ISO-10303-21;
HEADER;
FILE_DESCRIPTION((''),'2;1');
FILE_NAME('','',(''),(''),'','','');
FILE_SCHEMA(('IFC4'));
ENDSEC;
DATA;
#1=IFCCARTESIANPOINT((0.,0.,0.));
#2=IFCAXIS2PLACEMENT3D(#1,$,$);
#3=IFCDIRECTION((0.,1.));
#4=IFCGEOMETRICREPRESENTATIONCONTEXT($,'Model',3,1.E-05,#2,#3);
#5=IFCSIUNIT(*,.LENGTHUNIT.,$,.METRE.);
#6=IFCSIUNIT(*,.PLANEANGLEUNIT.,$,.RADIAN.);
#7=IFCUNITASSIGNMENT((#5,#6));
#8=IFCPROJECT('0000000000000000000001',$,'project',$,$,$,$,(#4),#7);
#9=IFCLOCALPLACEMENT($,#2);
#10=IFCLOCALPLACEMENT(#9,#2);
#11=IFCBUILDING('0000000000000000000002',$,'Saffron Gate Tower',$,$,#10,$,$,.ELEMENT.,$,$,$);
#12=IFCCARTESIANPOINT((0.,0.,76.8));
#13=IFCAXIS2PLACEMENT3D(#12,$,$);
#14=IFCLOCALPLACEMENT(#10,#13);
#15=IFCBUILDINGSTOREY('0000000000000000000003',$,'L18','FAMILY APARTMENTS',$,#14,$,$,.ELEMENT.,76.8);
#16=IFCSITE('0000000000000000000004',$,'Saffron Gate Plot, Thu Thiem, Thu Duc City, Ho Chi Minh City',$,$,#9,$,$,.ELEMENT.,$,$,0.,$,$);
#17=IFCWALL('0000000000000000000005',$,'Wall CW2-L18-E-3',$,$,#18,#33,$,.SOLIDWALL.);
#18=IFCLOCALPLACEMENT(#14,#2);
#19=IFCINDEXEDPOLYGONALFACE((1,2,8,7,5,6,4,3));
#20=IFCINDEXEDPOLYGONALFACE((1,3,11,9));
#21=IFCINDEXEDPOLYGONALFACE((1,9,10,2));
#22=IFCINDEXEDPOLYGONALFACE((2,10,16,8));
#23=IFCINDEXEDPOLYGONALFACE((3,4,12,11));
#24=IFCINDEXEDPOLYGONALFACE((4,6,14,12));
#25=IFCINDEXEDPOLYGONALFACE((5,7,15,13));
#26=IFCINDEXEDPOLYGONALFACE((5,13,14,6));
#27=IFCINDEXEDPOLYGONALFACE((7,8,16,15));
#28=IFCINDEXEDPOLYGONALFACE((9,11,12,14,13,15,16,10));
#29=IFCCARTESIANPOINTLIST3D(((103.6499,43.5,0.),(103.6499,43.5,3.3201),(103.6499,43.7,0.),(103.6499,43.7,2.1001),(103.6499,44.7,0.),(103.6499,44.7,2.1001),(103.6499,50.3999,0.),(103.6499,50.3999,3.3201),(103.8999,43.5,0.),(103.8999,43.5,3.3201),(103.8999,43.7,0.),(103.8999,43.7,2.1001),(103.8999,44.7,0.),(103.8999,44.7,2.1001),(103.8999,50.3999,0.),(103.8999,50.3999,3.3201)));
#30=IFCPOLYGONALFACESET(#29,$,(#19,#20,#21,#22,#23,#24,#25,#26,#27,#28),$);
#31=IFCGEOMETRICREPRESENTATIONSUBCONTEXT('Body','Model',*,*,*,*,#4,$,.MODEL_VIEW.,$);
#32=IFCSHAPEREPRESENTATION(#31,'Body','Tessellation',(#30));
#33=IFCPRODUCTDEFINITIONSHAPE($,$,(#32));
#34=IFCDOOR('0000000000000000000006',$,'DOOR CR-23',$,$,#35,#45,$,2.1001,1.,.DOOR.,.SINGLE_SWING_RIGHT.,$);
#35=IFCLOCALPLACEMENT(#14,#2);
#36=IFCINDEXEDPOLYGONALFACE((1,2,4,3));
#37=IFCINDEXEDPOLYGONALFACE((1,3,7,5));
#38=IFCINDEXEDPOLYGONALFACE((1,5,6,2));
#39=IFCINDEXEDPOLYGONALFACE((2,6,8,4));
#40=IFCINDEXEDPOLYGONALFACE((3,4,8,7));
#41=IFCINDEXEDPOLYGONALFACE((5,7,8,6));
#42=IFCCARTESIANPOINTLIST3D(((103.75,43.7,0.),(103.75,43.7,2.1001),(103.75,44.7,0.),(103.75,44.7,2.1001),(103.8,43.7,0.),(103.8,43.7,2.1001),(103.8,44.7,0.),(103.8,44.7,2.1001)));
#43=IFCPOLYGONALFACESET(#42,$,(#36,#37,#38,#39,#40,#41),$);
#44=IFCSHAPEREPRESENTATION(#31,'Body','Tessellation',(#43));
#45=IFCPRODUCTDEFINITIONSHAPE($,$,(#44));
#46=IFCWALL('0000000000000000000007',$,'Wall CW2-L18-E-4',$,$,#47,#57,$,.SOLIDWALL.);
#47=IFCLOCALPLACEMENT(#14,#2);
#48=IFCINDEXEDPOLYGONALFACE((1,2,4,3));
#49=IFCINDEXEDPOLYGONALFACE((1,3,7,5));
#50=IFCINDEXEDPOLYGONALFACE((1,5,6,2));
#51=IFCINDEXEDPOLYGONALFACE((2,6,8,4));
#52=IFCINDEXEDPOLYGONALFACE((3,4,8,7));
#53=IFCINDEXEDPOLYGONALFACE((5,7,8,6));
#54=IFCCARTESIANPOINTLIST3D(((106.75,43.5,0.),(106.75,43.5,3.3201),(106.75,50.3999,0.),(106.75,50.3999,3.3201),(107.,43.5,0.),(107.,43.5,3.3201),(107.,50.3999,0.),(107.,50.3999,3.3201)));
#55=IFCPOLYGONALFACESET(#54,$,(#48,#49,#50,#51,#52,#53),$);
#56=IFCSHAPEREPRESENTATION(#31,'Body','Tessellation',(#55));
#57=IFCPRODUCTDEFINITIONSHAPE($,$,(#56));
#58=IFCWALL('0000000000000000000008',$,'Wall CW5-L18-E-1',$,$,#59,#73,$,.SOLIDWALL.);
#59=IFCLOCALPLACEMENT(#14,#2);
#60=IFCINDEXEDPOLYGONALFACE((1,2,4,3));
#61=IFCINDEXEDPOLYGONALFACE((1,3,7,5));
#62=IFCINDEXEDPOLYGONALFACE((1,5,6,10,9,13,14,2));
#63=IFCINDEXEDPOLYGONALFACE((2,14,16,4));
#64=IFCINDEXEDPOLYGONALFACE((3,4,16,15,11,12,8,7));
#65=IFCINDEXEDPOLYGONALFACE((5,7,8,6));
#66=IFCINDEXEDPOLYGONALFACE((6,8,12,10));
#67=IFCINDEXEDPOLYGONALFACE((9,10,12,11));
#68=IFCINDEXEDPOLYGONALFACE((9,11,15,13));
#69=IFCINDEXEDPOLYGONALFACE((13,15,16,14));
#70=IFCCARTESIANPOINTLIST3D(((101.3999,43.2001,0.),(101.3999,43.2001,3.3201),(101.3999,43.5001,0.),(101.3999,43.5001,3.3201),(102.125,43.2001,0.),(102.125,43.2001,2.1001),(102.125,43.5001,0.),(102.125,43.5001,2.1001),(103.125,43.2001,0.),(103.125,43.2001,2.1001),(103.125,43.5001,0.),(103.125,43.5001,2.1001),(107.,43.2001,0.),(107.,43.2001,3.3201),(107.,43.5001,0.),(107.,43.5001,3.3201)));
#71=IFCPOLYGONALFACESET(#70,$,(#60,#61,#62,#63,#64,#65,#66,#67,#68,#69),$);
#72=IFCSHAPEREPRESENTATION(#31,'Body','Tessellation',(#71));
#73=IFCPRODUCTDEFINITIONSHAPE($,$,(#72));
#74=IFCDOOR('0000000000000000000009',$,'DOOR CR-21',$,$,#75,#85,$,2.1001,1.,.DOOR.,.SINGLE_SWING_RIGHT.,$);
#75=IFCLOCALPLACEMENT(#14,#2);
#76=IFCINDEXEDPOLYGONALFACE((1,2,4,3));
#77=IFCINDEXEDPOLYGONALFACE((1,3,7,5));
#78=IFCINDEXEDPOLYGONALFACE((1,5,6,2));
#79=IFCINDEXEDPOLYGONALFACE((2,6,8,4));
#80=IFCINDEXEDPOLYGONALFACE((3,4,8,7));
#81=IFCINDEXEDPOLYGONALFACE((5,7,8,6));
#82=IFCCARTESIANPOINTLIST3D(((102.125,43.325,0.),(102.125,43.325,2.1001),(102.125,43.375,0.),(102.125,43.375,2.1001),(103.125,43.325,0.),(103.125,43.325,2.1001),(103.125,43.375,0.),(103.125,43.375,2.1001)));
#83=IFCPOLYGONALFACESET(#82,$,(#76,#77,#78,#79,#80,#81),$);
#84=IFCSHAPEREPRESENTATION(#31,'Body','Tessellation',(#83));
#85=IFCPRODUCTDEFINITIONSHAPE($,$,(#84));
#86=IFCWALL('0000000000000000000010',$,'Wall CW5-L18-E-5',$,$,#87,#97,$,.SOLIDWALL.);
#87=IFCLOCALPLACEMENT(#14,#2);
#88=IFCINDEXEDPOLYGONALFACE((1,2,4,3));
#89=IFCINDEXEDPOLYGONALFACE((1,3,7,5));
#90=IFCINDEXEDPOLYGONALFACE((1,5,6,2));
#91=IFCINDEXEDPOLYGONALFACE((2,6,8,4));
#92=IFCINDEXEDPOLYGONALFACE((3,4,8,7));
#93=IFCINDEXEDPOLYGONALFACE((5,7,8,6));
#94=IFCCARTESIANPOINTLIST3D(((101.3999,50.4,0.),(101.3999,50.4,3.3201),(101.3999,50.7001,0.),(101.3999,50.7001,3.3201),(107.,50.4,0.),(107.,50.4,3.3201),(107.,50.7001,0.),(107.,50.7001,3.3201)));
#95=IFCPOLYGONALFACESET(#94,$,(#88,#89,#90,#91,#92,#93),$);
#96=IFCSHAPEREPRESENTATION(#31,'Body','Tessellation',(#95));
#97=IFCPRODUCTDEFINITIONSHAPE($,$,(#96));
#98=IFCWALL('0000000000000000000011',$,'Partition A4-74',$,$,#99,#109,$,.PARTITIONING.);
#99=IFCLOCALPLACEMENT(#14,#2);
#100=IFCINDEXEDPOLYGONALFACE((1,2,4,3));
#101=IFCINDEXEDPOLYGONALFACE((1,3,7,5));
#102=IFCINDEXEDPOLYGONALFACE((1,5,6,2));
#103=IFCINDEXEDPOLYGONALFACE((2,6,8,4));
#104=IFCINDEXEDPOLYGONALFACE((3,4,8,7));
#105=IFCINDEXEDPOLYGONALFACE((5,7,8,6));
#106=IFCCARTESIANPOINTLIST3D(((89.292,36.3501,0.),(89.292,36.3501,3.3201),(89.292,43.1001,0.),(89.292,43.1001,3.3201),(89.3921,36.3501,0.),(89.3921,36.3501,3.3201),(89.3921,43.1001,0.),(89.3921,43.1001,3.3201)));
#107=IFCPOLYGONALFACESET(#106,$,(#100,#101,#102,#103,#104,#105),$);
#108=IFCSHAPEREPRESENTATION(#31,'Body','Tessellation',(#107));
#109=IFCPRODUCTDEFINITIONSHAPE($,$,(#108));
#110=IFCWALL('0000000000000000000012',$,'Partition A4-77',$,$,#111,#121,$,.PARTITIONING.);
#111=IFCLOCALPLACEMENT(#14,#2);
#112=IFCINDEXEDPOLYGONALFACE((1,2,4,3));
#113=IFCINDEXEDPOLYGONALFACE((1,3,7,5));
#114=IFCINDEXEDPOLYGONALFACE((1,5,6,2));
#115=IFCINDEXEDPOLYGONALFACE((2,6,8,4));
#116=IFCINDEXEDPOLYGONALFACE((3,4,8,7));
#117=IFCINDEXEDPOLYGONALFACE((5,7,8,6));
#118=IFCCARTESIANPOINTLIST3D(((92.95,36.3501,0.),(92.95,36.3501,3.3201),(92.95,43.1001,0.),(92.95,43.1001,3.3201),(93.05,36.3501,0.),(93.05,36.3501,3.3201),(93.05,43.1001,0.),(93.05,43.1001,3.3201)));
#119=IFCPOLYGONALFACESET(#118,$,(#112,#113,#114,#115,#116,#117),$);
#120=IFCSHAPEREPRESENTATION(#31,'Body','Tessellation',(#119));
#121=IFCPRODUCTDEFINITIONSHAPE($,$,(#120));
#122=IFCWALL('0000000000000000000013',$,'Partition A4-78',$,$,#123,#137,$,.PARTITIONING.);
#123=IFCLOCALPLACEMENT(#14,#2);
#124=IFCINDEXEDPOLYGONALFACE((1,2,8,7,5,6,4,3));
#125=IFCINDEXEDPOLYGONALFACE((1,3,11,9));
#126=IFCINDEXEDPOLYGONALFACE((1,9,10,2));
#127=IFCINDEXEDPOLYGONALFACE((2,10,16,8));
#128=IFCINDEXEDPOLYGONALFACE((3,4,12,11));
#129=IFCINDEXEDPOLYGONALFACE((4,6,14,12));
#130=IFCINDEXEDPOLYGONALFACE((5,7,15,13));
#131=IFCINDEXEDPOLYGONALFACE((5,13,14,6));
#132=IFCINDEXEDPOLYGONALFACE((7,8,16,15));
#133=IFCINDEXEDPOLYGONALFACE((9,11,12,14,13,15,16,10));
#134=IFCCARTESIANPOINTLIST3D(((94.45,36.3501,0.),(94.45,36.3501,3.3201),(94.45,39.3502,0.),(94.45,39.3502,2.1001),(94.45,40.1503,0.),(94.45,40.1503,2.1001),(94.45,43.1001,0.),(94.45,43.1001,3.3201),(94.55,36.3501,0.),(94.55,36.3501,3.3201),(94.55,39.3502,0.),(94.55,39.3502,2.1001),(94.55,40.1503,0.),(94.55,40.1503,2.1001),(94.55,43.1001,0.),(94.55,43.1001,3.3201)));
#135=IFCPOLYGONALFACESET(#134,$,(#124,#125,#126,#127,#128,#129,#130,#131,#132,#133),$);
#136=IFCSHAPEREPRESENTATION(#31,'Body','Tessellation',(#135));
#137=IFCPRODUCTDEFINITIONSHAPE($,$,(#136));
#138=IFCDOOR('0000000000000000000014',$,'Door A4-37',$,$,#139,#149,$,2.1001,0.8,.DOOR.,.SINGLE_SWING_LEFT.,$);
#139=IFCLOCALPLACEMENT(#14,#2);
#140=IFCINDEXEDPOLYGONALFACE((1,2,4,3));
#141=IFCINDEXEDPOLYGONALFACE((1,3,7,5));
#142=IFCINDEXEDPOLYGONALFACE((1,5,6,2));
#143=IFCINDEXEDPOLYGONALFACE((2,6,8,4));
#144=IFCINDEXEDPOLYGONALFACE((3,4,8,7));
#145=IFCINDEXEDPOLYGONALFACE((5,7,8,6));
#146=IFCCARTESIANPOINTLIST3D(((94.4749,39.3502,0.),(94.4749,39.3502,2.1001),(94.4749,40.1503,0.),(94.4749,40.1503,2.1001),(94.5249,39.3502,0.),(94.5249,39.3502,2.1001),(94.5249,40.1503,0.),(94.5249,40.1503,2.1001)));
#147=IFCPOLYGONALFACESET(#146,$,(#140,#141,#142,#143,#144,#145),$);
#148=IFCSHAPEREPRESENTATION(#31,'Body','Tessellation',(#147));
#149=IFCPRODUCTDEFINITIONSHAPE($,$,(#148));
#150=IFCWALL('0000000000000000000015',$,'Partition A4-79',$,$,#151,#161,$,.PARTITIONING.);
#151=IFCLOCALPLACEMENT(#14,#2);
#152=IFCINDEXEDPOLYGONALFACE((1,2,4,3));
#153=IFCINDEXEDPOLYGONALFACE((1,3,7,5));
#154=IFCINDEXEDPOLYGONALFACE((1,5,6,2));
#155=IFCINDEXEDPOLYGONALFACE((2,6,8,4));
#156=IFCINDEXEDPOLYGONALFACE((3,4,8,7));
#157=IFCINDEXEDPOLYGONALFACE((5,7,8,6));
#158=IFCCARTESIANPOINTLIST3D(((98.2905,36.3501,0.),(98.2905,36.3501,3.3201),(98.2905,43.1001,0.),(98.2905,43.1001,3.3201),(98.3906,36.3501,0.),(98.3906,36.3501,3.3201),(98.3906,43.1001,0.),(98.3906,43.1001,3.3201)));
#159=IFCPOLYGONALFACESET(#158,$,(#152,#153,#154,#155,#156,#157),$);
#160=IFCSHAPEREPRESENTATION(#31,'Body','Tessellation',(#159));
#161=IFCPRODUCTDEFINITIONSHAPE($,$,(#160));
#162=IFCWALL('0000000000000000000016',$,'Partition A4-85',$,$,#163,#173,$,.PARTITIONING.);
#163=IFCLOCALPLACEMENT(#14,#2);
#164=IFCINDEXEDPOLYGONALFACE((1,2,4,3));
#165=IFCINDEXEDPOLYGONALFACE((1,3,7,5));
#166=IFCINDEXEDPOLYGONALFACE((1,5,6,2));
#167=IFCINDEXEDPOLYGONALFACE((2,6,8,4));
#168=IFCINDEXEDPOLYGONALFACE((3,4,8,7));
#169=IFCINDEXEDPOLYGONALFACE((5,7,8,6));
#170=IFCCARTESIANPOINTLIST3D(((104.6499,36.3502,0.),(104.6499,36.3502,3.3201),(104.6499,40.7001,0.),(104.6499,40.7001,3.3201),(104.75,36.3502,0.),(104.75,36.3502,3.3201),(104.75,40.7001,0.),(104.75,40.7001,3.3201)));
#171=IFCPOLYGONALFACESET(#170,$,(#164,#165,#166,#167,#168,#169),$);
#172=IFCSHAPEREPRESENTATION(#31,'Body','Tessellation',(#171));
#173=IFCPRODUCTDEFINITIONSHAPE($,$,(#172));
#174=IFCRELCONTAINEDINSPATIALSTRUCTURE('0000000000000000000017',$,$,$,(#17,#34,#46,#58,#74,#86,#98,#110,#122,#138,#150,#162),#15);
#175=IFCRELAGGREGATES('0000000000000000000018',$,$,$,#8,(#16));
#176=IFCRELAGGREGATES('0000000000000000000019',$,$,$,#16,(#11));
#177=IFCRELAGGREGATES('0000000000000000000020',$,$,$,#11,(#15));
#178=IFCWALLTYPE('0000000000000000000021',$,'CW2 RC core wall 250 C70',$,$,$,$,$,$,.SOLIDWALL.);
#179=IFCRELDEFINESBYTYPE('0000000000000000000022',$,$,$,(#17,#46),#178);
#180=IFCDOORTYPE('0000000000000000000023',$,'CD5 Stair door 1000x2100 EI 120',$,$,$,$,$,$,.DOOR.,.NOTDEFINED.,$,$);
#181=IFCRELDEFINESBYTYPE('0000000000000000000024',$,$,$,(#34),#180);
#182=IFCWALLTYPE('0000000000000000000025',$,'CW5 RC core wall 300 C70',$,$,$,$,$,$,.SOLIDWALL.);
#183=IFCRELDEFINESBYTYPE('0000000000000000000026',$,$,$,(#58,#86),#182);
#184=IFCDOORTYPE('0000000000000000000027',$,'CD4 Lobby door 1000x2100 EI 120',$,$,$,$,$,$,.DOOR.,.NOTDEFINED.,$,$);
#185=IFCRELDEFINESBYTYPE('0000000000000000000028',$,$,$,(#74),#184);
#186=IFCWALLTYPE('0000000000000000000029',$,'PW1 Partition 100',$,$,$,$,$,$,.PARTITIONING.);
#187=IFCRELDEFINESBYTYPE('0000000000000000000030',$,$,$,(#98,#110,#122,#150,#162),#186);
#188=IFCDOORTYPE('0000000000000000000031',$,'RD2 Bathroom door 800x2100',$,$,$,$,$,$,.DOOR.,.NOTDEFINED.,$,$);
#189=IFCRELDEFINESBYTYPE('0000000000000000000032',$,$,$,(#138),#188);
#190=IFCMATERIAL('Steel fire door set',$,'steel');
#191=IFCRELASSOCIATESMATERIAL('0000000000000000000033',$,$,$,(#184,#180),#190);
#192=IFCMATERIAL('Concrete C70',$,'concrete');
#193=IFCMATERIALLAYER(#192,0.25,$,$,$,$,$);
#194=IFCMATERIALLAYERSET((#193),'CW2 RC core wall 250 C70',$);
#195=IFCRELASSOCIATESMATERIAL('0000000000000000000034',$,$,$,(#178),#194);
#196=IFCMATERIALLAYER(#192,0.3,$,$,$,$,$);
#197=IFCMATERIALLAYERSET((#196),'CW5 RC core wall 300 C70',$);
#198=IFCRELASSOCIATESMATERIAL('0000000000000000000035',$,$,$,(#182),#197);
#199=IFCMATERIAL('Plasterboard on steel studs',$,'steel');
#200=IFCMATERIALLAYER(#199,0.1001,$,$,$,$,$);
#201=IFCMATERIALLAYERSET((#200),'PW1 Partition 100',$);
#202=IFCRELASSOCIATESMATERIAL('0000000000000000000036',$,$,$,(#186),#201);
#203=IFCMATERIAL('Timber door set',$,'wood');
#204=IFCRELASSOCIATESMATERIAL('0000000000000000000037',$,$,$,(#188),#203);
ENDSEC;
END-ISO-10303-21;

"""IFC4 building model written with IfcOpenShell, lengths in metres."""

from ifc_helpers import new_model, si_unit, direction, frame, frame_2d, origin, place, context, subcontext, project, spatial, rectangle, extrude, material, layer, layer_set, type_object, element, fill, save


model = new_model("IFC4")

# Units and contexts
model_context = context("Model", 3, precision=1e-05, world=origin(), true_north=direction((0.0, 1.0)))
body_context = subcontext(model_context, "Body", "Model", "MODEL_VIEW")
ifc_project = project(units=[si_unit("LENGTHUNIT", "METRE"), si_unit("PLANEANGLEUNIT", "RADIAN")], contexts=[model_context])

# Site, building, storey
site_placement = place(None, origin())
site = spatial("IfcSite", under=ifc_project, at=site_placement, Name="Saffron Gate Plot, Thu Thiem, Thu Duc City, Ho Chi Minh City", CompositionType="ELEMENT", RefElevation=0.0)
building_placement = place(site_placement, origin())
building = spatial("IfcBuilding", under=site, at=building_placement, Name="Saffron Gate Tower", CompositionType="ELEMENT")
storey_placement = place(building_placement, frame((0.0, 0.0, 76.8)))
storey = spatial("IfcBuildingStorey", under=building, at=storey_placement, Name="L18", Description="FAMILY APARTMENTS", CompositionType="ELEMENT", Elevation=76.8)

# Wall, opening, door
ifc_material_1 = material(Name="Steel fire door set", Category="steel")
door_type_1 = type_object("IfcDoorType", Name="CD4 Lobby door 1000x2100 EI 120", OperationType="NOTDEFINED", PredefinedType="DOOR", material=ifc_material_1)
ifc_material_2 = material(Name="Concrete C70", Category="concrete")
ifc_layer_1 = layer(ifc_material_2, 0.25)
ifc_layer_set_1 = layer_set([ifc_layer_1], Name="CW2 RC core wall 250 C70")
wall_type_1 = type_object("IfcWallType", Name="CW2 RC core wall 250 C70", PredefinedType="SOLIDWALL", material=ifc_layer_set_1)
wall_1_placement = place(storey_placement, frame((103.7749, 43.5, 0.0), z_axis=(0.0, 0.0, 1.0), x_axis=(0.0, 1.0, 0.0)))
wall_1 = element("IfcWall", 1, at=wall_1_placement, inside=storey, type_object=wall_type_1, Name="Wall CW2-L18-E-3", PredefinedType="SOLIDWALL", context=body_context, shape_type="SweptSolid", body=[
    extrude(rectangle(XDim=6.8999, YDim=0.25, at=frame_2d((3.45, 0.0))), origin(), (0.0, 0.0, 1.0), 3.3201),
])
opening_1_placement = place(wall_1_placement, frame((0.2, 0.0, 0.0)))
opening_1 = element("IfcOpeningElement", 2, at=opening_1_placement, cuts=wall_1, PredefinedType="OPENING", context=body_context, shape_type="SweptSolid", body=[
    extrude(rectangle(XDim=1.0, YDim=2.1001, at=frame_2d((0.5, 1.05))), frame((0.0, 0.135, 0.0), z_axis=(0.0, -1.0, 0.0), x_axis=(1.0, 0.0, 0.0)), (0.0, 0.0, 1.0), 0.27),
])
door_type_2 = type_object("IfcDoorType", Name="CD5 Stair door 1000x2100 EI 120", OperationType="NOTDEFINED", PredefinedType="DOOR", material=ifc_material_1)
door_1_placement = place(opening_1_placement, origin())
door_1 = element("IfcDoor", 3, at=door_1_placement, inside=storey, type_object=door_type_2, Name="DOOR CR-23", OperationType="SINGLE_SWING_RIGHT", OverallHeight=2.1001, OverallWidth=1.0, PredefinedType="DOOR", context=body_context, shape_type="SweptSolid", body=[
    extrude(rectangle(XDim=1.0, YDim=2.1001, at=frame_2d((0.5, 1.05))), frame((0.0, 0.0249, 0.0), z_axis=(0.0, -1.0, 0.0), x_axis=(1.0, 0.0, 0.0)), (0.0, 0.0, 1.0), 0.05),
])
fill(opening_1, door_1)

# Wall
wall_2_placement = place(storey_placement, frame((106.875, 43.5, 0.0), z_axis=(0.0, 0.0, 1.0), x_axis=(0.0, 1.0, 0.0)))
element("IfcWall", 4, at=wall_2_placement, inside=storey, type_object=wall_type_1, Name="Wall CW2-L18-E-4", PredefinedType="SOLIDWALL", context=body_context, shape_type="SweptSolid", body=[
    extrude(rectangle(XDim=6.8999, YDim=0.25, at=frame_2d((3.45, 0.0))), origin(), (0.0, 0.0, 1.0), 3.3201),
])

# Wall, opening, door
ifc_layer_2 = layer(ifc_material_2, 0.3)
ifc_layer_set_2 = layer_set([ifc_layer_2], Name="CW5 RC core wall 300 C70")
wall_type_2 = type_object("IfcWallType", Name="CW5 RC core wall 300 C70", PredefinedType="SOLIDWALL", material=ifc_layer_set_2)
wall_3_placement = place(storey_placement, frame((101.3999, 43.3501, 0.0), z_axis=(0.0, 0.0, 1.0), x_axis=(1.0, 0.0, 0.0)))
wall_3 = element("IfcWall", 5, at=wall_3_placement, inside=storey, type_object=wall_type_2, Name="Wall CW5-L18-E-1", PredefinedType="SOLIDWALL", context=body_context, shape_type="SweptSolid", body=[
    extrude(rectangle(XDim=5.6001, YDim=0.3, at=frame_2d((2.8, 0.0))), origin(), (0.0, 0.0, 1.0), 3.3201),
])
opening_2_placement = place(wall_3_placement, frame((0.7251, 0.0, 0.0)))
opening_2 = element("IfcOpeningElement", 6, at=opening_2_placement, cuts=wall_3, PredefinedType="OPENING", context=body_context, shape_type="SweptSolid", body=[
    extrude(rectangle(XDim=1.0, YDim=2.1001, at=frame_2d((0.5, 1.05))), frame((0.0, 0.1602, 0.0), z_axis=(0.0, -1.0, 0.0), x_axis=(1.0, 0.0, 0.0)), (0.0, 0.0, 1.0), 0.3201),
])
door_2_placement = place(opening_2_placement, origin())
door_2 = element("IfcDoor", 7, at=door_2_placement, inside=storey, type_object=door_type_1, Name="DOOR CR-21", OperationType="SINGLE_SWING_RIGHT", OverallHeight=2.1001, OverallWidth=1.0, PredefinedType="DOOR", context=body_context, shape_type="SweptSolid", body=[
    extrude(rectangle(XDim=1.0, YDim=2.1001, at=frame_2d((0.5, 1.05))), frame((0.0, 0.0249, 0.0), z_axis=(0.0, -1.0, 0.0), x_axis=(1.0, 0.0, 0.0)), (0.0, 0.0, 1.0), 0.05),
])
fill(opening_2, door_2)

# Walls
wall_4_placement = place(storey_placement, frame((101.3999, 50.55, 0.0), z_axis=(0.0, 0.0, 1.0), x_axis=(1.0, 0.0, 0.0)))
element("IfcWall", 8, at=wall_4_placement, inside=storey, type_object=wall_type_2, Name="Wall CW5-L18-E-5", PredefinedType="SOLIDWALL", context=body_context, shape_type="SweptSolid", body=[
    extrude(rectangle(XDim=5.6001, YDim=0.3, at=frame_2d((2.8, 0.0))), origin(), (0.0, 0.0, 1.0), 3.3201),
])
ifc_material_3 = material(Name="Plasterboard on steel studs", Category="steel")
ifc_layer_3 = layer(ifc_material_3, 0.1001)
ifc_layer_set_3 = layer_set([ifc_layer_3], Name="PW1 Partition 100")
wall_type_3 = type_object("IfcWallType", Name="PW1 Partition 100", PredefinedType="PARTITIONING", material=ifc_layer_set_3)
for number, where, z_axis, x_axis, name in (
    (9, (89.342, 43.1001, 0.0), (0.0, 0.0, 1.0), (0.0, -1.0, 0.0), "Partition A4-74"),
    (10, (93.0, 43.1001, 0.0), (0.0, 0.0, 1.0), (0.0, -1.0, 0.0), "Partition A4-77"),
):
    element("IfcWall", number, at=place(storey_placement, frame(where, z_axis=z_axis, x_axis=x_axis)), inside=storey, type_object=wall_type_3, Name=name, PredefinedType="PARTITIONING", context=body_context, shape_type="SweptSolid", body=[
        extrude(rectangle(XDim=6.75, YDim=0.1001, at=frame_2d((3.375, 0.0))), origin(), (0.0, 0.0, 1.0), 3.3201),
    ])

# Wall, opening, door
wall_5_placement = place(storey_placement, frame((94.5, 43.1001, 0.0), z_axis=(0.0, 0.0, 1.0), x_axis=(0.0, -1.0, 0.0)))
wall_5 = element("IfcWall", 11, at=wall_5_placement, inside=storey, type_object=wall_type_3, Name="Partition A4-78", PredefinedType="PARTITIONING", context=body_context, shape_type="SweptSolid", body=[
    extrude(rectangle(XDim=6.75, YDim=0.1001, at=frame_2d((3.375, 0.0))), origin(), (0.0, 0.0, 1.0), 3.3201),
])
opening_3_placement = place(wall_5_placement, frame((2.95, 0.0, 0.0)))
opening_3 = element("IfcOpeningElement", 12, at=opening_3_placement, cuts=wall_5, PredefinedType="OPENING", context=body_context, shape_type="SweptSolid", body=[
    extrude(rectangle(XDim=0.8, YDim=2.1001, at=frame_2d((0.3999, 1.05))), frame((0.0, 0.0601, 0.0), z_axis=(0.0, -1.0, 0.0), x_axis=(1.0, 0.0, 0.0)), (0.0, 0.0, 1.0), 0.1201),
])
ifc_material_4 = material(Name="Timber door set", Category="wood")
door_type_3 = type_object("IfcDoorType", Name="RD2 Bathroom door 800x2100", OperationType="NOTDEFINED", PredefinedType="DOOR", material=ifc_material_4)
door_3_placement = place(opening_3_placement, origin())
door_3 = element("IfcDoor", 13, at=door_3_placement, inside=storey, type_object=door_type_3, Name="Door A4-37", OperationType="SINGLE_SWING_LEFT", OverallHeight=2.1001, OverallWidth=0.8, PredefinedType="DOOR", context=body_context, shape_type="SweptSolid", body=[
    extrude(rectangle(XDim=0.8, YDim=2.1001, at=frame_2d((0.3999, 1.05))), frame((0.0, 0.0249, 0.0), z_axis=(0.0, -1.0, 0.0), x_axis=(1.0, 0.0, 0.0)), (0.0, 0.0, 1.0), 0.05),
])
fill(opening_3, door_3)

# Walls
wall_6_placement = place(storey_placement, frame((98.3406, 43.1001, 0.0), z_axis=(0.0, 0.0, 1.0), x_axis=(0.0, -1.0, 0.0)))
element("IfcWall", 14, at=wall_6_placement, inside=storey, type_object=wall_type_3, Name="Partition A4-79", PredefinedType="PARTITIONING", context=body_context, shape_type="SweptSolid", body=[
    extrude(rectangle(XDim=6.75, YDim=0.1001, at=frame_2d((3.375, 0.0))), origin(), (0.0, 0.0, 1.0), 3.3201),
])
wall_7_placement = place(storey_placement, frame((104.7, 40.7, 0.0), z_axis=(0.0, 0.0, 1.0), x_axis=(0.0, -1.0, 0.0)))
element("IfcWall", 15, at=wall_7_placement, inside=storey, type_object=wall_type_3, Name="Partition A4-85", PredefinedType="PARTITIONING", context=body_context, shape_type="SweptSolid", body=[
    extrude(rectangle(XDim=4.3499, YDim=0.1001, at=frame_2d((2.1748, 0.0))), origin(), (0.0, 0.0, 1.0), 3.3201),
])

save(model, "model.ifc")
